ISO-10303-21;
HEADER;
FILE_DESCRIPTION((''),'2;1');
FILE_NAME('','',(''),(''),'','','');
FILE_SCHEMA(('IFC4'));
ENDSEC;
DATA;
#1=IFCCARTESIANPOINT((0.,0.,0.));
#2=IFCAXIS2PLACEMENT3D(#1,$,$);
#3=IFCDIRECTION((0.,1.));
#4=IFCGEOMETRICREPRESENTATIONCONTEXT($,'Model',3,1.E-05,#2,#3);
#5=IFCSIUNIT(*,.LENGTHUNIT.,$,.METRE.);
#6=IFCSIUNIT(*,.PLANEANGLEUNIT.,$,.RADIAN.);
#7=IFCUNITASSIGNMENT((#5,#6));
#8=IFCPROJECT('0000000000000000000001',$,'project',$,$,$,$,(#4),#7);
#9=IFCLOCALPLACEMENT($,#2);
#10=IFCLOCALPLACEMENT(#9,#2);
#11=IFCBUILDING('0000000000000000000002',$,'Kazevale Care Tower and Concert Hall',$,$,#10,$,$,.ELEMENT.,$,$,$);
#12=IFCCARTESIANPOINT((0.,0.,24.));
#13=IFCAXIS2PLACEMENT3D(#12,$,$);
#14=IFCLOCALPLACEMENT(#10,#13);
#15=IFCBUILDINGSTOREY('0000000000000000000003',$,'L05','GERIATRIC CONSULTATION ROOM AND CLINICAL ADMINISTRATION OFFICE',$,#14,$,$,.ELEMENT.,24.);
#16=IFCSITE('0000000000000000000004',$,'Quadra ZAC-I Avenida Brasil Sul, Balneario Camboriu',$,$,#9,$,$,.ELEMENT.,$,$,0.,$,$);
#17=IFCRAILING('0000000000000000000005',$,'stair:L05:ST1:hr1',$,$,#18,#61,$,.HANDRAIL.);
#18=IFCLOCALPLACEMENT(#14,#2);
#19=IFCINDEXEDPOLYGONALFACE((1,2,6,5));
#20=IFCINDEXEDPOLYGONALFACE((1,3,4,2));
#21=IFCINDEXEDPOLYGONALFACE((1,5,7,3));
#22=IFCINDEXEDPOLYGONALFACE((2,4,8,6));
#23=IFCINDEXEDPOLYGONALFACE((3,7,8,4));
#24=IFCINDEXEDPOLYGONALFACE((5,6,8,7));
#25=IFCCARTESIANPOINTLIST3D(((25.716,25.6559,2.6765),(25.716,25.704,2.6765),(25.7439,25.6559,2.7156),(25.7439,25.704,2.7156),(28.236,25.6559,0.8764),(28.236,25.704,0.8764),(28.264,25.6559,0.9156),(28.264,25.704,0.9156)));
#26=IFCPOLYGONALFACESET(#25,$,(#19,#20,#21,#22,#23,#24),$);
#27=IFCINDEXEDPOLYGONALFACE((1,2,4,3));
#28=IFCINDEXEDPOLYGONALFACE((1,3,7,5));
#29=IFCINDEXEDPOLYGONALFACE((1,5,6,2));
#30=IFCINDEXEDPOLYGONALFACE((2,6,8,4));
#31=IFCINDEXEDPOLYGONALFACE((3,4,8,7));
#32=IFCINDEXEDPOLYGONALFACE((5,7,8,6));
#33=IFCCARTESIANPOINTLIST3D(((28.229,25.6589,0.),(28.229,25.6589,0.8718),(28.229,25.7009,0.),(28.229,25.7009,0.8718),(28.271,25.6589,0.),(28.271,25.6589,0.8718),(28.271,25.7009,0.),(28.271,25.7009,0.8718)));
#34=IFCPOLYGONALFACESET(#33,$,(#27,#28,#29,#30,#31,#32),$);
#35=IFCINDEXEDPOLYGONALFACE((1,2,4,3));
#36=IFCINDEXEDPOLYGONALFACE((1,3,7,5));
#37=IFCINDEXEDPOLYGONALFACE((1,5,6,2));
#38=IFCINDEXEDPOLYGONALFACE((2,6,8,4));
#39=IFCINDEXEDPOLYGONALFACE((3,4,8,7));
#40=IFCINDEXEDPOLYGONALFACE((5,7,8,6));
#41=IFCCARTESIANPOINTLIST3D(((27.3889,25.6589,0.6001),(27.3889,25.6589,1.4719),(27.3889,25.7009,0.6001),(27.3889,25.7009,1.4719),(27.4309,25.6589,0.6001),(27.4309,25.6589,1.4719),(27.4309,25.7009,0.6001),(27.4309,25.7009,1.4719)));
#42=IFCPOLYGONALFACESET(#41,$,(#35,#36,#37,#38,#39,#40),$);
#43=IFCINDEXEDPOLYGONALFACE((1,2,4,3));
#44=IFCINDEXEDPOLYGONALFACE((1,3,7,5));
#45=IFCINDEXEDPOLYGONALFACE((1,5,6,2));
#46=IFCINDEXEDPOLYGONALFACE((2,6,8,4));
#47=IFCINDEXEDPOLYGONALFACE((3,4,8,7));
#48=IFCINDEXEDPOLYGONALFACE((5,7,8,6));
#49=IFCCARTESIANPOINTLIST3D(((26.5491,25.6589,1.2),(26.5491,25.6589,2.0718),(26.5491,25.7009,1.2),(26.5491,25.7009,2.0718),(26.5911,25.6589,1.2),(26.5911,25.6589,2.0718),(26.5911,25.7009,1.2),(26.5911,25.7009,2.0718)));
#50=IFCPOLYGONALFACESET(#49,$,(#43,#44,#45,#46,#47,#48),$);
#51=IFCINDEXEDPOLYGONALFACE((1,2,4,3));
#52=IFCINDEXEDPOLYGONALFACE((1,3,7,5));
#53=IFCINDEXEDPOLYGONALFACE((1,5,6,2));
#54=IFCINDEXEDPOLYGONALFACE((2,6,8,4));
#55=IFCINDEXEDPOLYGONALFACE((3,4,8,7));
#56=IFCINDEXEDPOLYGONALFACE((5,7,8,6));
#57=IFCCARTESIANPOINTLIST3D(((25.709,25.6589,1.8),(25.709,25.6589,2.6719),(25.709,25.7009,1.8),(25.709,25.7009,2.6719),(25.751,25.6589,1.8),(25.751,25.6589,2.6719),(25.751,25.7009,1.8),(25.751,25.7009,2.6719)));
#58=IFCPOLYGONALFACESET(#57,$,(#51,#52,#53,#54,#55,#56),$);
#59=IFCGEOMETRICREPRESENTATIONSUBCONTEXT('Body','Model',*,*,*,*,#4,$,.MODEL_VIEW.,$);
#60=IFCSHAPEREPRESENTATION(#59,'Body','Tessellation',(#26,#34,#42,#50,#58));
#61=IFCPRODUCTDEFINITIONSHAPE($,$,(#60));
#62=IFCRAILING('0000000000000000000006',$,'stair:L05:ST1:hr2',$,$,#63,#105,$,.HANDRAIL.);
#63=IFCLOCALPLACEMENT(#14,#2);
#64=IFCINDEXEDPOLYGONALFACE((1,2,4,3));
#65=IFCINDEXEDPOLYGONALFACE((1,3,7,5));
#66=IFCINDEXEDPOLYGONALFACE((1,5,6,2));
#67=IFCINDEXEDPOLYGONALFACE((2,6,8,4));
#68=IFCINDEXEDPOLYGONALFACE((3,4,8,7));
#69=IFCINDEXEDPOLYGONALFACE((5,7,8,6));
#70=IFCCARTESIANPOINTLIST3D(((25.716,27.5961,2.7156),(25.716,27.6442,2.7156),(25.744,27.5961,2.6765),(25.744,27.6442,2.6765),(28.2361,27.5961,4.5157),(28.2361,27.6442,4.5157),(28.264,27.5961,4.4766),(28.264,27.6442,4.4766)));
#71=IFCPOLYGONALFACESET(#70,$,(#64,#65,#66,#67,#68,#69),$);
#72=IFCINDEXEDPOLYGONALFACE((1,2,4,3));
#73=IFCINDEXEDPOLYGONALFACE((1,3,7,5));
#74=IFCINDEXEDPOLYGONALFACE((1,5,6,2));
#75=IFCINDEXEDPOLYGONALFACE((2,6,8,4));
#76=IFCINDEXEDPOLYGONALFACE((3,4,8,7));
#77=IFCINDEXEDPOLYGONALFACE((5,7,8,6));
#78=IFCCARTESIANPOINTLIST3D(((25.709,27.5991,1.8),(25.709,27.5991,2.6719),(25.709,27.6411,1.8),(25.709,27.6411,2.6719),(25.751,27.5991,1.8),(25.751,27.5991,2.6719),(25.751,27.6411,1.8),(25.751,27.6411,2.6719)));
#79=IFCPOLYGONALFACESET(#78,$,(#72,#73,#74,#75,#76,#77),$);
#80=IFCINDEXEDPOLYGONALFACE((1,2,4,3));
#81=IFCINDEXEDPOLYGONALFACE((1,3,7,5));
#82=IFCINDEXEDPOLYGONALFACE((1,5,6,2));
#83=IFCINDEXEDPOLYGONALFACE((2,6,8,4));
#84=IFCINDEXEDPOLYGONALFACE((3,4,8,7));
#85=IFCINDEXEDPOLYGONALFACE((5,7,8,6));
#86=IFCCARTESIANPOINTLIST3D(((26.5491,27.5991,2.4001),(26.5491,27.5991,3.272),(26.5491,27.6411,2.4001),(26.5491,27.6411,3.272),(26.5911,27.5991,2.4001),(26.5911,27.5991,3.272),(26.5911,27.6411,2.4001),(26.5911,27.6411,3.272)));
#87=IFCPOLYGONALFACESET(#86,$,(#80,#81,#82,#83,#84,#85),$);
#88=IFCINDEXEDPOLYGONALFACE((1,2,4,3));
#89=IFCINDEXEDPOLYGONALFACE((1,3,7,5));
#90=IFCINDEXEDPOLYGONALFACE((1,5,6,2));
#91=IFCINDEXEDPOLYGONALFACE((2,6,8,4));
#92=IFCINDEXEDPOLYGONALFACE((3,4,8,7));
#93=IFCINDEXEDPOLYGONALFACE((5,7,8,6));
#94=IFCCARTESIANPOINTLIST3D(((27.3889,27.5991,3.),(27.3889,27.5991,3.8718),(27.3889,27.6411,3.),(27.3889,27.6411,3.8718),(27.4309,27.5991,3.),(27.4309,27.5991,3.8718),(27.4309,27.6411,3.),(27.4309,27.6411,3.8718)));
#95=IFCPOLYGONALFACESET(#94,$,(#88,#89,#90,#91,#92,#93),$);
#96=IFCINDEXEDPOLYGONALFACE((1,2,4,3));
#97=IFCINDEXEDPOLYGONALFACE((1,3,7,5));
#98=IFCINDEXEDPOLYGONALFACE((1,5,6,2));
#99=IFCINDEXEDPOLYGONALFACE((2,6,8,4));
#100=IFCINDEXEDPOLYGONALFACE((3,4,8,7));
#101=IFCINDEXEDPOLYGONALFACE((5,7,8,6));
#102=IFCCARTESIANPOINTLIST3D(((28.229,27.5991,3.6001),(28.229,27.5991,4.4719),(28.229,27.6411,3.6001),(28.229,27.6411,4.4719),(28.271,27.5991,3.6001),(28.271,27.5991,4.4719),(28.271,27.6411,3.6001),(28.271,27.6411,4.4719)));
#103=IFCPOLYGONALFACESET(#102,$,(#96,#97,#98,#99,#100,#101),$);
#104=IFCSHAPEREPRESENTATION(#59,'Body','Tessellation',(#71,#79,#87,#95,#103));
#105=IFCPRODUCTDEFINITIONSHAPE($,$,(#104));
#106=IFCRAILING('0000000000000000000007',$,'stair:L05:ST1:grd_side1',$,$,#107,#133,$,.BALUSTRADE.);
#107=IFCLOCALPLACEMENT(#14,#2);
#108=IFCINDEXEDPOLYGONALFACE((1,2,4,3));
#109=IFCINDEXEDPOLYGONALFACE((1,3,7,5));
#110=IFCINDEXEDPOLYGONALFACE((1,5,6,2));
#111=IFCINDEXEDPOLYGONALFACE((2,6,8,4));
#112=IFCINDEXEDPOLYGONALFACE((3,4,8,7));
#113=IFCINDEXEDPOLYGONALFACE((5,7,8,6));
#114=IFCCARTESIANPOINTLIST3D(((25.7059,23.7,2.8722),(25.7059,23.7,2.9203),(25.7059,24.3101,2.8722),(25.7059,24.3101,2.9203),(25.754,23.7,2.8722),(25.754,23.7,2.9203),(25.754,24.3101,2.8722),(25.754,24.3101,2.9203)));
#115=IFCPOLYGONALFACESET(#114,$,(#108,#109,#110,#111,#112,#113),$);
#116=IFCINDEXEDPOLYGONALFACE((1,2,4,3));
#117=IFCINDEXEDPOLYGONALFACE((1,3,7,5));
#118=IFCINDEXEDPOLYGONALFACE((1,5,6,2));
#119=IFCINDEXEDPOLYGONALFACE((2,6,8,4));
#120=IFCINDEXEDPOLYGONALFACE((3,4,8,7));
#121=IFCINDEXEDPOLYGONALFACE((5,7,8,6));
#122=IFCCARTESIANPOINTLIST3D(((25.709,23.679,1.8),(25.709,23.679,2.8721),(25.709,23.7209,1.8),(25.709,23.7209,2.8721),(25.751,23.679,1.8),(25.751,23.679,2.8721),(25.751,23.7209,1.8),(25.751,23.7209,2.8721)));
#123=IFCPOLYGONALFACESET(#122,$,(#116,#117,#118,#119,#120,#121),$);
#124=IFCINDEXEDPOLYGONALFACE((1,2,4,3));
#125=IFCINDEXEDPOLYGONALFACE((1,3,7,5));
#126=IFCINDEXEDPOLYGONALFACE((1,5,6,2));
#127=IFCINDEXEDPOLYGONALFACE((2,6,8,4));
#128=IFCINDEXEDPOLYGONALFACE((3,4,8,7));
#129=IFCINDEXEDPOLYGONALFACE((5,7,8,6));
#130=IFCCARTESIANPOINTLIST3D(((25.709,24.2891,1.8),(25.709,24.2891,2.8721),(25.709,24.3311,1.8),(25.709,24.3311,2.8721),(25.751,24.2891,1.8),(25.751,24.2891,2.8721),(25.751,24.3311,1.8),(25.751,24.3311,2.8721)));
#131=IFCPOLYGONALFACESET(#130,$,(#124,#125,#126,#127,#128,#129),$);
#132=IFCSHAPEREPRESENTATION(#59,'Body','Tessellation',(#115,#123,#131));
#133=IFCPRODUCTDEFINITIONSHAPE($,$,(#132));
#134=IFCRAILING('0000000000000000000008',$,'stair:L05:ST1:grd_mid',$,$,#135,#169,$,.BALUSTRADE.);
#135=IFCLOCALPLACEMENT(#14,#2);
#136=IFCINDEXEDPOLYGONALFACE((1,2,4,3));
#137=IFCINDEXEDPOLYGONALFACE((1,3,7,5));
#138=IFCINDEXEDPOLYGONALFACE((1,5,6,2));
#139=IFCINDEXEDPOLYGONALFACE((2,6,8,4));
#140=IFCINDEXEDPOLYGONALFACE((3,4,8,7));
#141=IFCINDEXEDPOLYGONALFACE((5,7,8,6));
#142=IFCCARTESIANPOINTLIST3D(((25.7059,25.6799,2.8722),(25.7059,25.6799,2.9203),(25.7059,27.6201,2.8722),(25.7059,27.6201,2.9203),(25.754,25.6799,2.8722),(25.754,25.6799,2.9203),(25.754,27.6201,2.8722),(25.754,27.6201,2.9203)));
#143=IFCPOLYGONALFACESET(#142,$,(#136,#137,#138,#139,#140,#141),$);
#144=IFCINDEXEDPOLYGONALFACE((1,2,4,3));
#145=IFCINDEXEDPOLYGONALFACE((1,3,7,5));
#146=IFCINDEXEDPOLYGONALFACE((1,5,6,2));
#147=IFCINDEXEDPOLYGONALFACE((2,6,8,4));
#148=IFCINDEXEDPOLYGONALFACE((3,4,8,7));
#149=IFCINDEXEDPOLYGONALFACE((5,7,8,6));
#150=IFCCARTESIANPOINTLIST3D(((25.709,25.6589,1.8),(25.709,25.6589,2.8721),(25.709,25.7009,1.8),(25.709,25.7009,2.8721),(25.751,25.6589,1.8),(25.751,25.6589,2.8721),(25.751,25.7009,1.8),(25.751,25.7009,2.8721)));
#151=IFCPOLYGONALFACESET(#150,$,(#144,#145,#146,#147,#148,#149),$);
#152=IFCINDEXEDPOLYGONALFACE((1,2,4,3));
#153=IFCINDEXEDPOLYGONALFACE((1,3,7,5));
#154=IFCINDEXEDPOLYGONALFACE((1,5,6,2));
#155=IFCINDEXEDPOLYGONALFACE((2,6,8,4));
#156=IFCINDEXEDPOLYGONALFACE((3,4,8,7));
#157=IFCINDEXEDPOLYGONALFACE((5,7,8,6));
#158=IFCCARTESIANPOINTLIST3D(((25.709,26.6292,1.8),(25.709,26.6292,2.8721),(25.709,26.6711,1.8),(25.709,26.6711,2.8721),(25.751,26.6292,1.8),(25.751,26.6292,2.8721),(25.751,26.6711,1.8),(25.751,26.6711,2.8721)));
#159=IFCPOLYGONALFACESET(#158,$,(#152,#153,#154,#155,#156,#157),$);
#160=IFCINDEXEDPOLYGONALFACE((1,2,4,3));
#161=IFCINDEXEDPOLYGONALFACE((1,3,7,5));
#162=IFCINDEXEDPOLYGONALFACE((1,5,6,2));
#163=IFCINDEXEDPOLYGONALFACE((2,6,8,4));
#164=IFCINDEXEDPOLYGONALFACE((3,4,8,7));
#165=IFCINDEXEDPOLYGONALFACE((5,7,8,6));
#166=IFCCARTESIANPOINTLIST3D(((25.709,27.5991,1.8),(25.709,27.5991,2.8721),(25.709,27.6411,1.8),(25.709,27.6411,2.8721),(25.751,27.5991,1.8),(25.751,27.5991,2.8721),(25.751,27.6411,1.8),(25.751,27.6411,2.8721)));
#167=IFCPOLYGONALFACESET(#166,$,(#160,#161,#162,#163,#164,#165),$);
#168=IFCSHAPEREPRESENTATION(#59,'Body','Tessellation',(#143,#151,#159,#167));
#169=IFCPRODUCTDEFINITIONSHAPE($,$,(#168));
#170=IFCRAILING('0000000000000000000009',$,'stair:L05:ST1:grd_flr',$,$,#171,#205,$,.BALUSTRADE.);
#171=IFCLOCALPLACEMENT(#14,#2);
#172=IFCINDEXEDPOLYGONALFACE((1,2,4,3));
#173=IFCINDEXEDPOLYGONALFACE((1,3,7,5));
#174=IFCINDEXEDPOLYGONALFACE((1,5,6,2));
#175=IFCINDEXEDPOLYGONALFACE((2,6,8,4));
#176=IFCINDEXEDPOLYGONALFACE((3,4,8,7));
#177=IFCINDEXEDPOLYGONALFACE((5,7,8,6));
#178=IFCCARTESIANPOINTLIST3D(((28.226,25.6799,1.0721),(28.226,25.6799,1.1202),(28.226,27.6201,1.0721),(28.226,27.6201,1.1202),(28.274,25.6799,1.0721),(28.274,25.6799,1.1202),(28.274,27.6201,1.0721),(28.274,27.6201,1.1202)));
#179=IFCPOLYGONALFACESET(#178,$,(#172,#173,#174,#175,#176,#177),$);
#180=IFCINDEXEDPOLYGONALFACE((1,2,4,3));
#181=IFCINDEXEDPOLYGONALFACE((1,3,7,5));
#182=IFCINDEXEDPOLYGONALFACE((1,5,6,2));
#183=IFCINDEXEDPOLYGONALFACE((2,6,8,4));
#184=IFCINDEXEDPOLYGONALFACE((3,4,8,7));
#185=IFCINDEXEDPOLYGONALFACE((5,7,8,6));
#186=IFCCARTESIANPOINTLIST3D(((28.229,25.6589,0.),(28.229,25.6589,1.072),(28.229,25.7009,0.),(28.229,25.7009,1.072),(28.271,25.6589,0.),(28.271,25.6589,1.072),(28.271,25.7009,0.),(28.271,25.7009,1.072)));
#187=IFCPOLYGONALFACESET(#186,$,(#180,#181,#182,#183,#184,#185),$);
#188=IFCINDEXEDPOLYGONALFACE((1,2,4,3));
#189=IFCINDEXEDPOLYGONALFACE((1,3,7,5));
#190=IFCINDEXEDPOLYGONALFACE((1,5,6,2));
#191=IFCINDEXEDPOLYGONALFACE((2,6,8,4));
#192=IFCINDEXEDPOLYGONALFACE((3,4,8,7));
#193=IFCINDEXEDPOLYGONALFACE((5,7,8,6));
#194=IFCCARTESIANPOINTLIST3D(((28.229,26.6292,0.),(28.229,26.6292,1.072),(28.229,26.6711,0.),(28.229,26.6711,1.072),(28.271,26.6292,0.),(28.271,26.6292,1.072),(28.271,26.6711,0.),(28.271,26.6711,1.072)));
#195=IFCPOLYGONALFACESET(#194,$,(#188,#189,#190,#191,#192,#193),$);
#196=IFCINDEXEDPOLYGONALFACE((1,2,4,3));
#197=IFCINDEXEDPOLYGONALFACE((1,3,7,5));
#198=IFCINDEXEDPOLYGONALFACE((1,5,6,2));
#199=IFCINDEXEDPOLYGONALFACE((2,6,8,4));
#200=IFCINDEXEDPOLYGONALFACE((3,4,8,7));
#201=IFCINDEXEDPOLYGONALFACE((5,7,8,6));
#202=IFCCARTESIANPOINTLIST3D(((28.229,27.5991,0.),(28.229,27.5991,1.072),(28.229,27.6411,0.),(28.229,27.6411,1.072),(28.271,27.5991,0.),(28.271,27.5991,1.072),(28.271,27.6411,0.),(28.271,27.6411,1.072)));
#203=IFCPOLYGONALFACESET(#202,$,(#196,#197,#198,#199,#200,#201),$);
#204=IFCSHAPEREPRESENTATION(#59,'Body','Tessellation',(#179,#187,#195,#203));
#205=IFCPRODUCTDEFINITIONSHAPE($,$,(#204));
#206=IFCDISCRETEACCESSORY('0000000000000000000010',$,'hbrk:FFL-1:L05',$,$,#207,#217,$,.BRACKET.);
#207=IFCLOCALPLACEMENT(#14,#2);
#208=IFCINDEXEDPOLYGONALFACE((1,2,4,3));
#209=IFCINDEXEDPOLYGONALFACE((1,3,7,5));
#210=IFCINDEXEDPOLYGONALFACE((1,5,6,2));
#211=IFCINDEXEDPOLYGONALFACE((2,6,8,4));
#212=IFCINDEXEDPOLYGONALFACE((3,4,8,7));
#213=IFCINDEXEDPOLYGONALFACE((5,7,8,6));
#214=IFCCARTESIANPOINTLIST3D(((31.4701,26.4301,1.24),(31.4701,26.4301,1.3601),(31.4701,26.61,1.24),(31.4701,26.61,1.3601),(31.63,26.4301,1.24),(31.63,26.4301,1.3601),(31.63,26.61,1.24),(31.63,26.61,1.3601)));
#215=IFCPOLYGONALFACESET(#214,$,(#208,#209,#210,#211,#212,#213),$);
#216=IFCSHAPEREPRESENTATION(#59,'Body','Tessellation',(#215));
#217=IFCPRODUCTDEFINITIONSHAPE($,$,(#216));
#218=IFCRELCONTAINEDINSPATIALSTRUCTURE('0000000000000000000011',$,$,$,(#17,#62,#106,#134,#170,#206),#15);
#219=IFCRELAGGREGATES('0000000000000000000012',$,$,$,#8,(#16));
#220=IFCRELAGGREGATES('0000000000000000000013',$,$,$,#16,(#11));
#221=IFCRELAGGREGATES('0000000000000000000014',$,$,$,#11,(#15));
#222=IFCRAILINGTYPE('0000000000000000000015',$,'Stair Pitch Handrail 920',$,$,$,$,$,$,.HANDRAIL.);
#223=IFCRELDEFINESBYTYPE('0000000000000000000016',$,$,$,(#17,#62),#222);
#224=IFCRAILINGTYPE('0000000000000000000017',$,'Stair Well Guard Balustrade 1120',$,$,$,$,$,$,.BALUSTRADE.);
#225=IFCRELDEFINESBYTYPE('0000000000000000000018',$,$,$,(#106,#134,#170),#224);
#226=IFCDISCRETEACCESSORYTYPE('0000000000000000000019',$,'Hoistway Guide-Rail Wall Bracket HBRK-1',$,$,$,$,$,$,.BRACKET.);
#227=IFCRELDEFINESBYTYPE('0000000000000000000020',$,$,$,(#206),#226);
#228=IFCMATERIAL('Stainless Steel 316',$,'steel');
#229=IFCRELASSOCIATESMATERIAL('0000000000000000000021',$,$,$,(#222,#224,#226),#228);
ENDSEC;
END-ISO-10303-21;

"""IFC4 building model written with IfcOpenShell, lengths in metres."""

from ifc_helpers import new_model, si_unit, direction, frame, origin, origin_2d, place, context, subcontext, project, spatial, rectangle, extrude, material, type_object, element, save


model = new_model("IFC4")

# Units and contexts
model_context = context("Model", 3, precision=1e-05, world=origin(), true_north=direction((0.0, 1.0)))
body_context = subcontext(model_context, "Body", "Model", "MODEL_VIEW")
ifc_project = project(units=[si_unit("LENGTHUNIT", "METRE"), si_unit("PLANEANGLEUNIT", "RADIAN")], contexts=[model_context])

# Site, building, storey
site_placement = place(None, origin())
site = spatial("IfcSite", under=ifc_project, at=site_placement, Name="Quadra ZAC-I Avenida Brasil Sul, Balneario Camboriu", CompositionType="ELEMENT", RefElevation=0.0)
building_placement = place(site_placement, origin())
building = spatial("IfcBuilding", under=site, at=building_placement, Name="Kazevale Care Tower and Concert Hall", CompositionType="ELEMENT")
storey_placement = place(building_placement, frame((0.0, 0.0, 24.0)))
storey = spatial("IfcBuildingStorey", under=building, at=storey_placement, Name="L05", Description="GERIATRIC CONSULTATION ROOM AND CLINICAL ADMINISTRATION OFFICE", CompositionType="ELEMENT", Elevation=24.0)

# Shared definitions
ifc_material_1 = material(Name="Stainless Steel 316", Category="steel")

# Railings
railing_type_1 = type_object("IfcRailingType", Name="Stair Pitch Handrail 920", PredefinedType="HANDRAIL", material=ifc_material_1)
railing_1_placement = place(storey_placement, frame((28.25, 25.6799, 0.0)))
element("IfcRailing", 1, at=railing_1_placement, inside=storey, type_object=railing_type_1, Name="stair:L05:ST1:hr1", PredefinedType="HANDRAIL", context=body_context, shape_type="SweptSolid", body=[
    extrude(rectangle(XDim=0.0481, YDim=0.0481, at=origin_2d()), frame((0.0, 0.0, 0.896), z_axis=(-0.813728, 0.0, 0.581246), x_axis=(0.0, -1.0, 0.0)), (0.0, 0.0, 1.0), 3.0969),
    extrude(rectangle(XDim=0.042, YDim=0.042, at=origin_2d()), origin(), (0.0, 0.0, 1.0), 0.8718),
    extrude(rectangle(XDim=0.042, YDim=0.042, at=origin_2d()), frame((-0.8401, 0.0, 0.6001)), (0.0, 0.0, 1.0), 0.8718),
    extrude(rectangle(XDim=0.042, YDim=0.042, at=origin_2d()), frame((-1.6799, 0.0, 1.2)), (0.0, 0.0, 1.0), 0.8718),
    extrude(rectangle(XDim=0.042, YDim=0.042, at=origin_2d()), frame((-2.52, 0.0, 1.8)), (0.0, 0.0, 1.0), 0.8718),
])
railing_2_placement = place(storey_placement, frame((25.73, 27.6201, 1.8)))
element("IfcRailing", 2, at=railing_2_placement, inside=storey, type_object=railing_type_1, Name="stair:L05:ST1:hr2", PredefinedType="HANDRAIL", context=body_context, shape_type="SweptSolid", body=[
    extrude(rectangle(XDim=0.0481, YDim=0.0481, at=origin_2d()), frame((0.0, 0.0, 0.896), z_axis=(0.813728, 0.0, 0.581246), x_axis=(0.0, 1.0, 0.0)), (0.0, 0.0, 1.0), 3.0969),
    extrude(rectangle(XDim=0.042, YDim=0.042, at=origin_2d()), origin(), (0.0, 0.0, 1.0), 0.8718),
    extrude(rectangle(XDim=0.042, YDim=0.042, at=origin_2d()), frame((0.8401, 0.0, 0.6001)), (0.0, 0.0, 1.0), 0.8718),
    extrude(rectangle(XDim=0.042, YDim=0.042, at=origin_2d()), frame((1.6799, 0.0, 1.2)), (0.0, 0.0, 1.0), 0.8718),
    extrude(rectangle(XDim=0.042, YDim=0.042, at=origin_2d()), frame((2.52, 0.0, 1.8)), (0.0, 0.0, 1.0), 0.8718),
])
railing_type_2 = type_object("IfcRailingType", Name="Stair Well Guard Balustrade 1120", PredefinedType="BALUSTRADE", material=ifc_material_1)
railing_3_placement = place(storey_placement, frame((25.73, 23.7, 1.8)))
element("IfcRailing", 3, at=railing_3_placement, inside=storey, type_object=railing_type_2, Name="stair:L05:ST1:grd_side1", PredefinedType="BALUSTRADE", context=body_context, shape_type="SweptSolid", body=[
    extrude(rectangle(XDim=0.0481, YDim=0.0481, at=origin_2d()), frame((0.0, 0.0, 1.0962), z_axis=(0.0, 1.0, 0.0), x_axis=(-1.0, 0.0, 0.0)), (0.0, 0.0, 1.0), 0.6101),
    extrude(rectangle(XDim=0.042, YDim=0.042, at=origin_2d()), origin(), (0.0, 0.0, 1.0), 1.072),
    extrude(rectangle(XDim=0.042, YDim=0.042, at=origin_2d()), frame((0.0, 0.6101, 0.0)), (0.0, 0.0, 1.0), 1.072),
])
for number, where, name in (
    (4, (25.73, 25.6799, 1.8), "stair:L05:ST1:grd_mid"),
    (5, (28.25, 25.6799, 0.0), "stair:L05:ST1:grd_flr"),
):
    element("IfcRailing", number, at=place(storey_placement, frame(where)), inside=storey, type_object=railing_type_2, Name=name, PredefinedType="BALUSTRADE", context=body_context, shape_type="SweptSolid", body=[
        extrude(rectangle(XDim=0.0481, YDim=0.0481, at=origin_2d()), frame((0.0, 0.0, 1.0962), z_axis=(0.0, 1.0, 0.0), x_axis=(-1.0, 0.0, 0.0)), (0.0, 0.0, 1.0), 1.9402),
        extrude(rectangle(XDim=0.042, YDim=0.042, at=origin_2d()), origin(), (0.0, 0.0, 1.0), 1.072),
        extrude(rectangle(XDim=0.042, YDim=0.042, at=origin_2d()), frame((0.0, 0.9702, 0.0)), (0.0, 0.0, 1.0), 1.072),
        extrude(rectangle(XDim=0.042, YDim=0.042, at=origin_2d()), frame((0.0, 1.9402, 0.0)), (0.0, 0.0, 1.0), 1.072),
    ])

# Discrete accessory
discrete_accessory_type = type_object("IfcDiscreteAccessoryType", Name="Hoistway Guide-Rail Wall Bracket HBRK-1", PredefinedType="BRACKET", material=ifc_material_1)
discrete_accessory_placement = place(storey_placement, frame((31.55, 26.52, 1.24), z_axis=(0.0, 0.0, 1.0), x_axis=(1.0, 0.0, 0.0)))
element("IfcDiscreteAccessory", 6, at=discrete_accessory_placement, inside=storey, type_object=discrete_accessory_type, Name="hbrk:FFL-1:L05", PredefinedType="BRACKET", context=body_context, shape_type="SweptSolid", body=[
    extrude(rectangle(XDim=0.1599, YDim=0.1799, at=origin_2d()), origin(), (0.0, 0.0, 1.0), 0.1201),
])

save(model, "model.ifc")
